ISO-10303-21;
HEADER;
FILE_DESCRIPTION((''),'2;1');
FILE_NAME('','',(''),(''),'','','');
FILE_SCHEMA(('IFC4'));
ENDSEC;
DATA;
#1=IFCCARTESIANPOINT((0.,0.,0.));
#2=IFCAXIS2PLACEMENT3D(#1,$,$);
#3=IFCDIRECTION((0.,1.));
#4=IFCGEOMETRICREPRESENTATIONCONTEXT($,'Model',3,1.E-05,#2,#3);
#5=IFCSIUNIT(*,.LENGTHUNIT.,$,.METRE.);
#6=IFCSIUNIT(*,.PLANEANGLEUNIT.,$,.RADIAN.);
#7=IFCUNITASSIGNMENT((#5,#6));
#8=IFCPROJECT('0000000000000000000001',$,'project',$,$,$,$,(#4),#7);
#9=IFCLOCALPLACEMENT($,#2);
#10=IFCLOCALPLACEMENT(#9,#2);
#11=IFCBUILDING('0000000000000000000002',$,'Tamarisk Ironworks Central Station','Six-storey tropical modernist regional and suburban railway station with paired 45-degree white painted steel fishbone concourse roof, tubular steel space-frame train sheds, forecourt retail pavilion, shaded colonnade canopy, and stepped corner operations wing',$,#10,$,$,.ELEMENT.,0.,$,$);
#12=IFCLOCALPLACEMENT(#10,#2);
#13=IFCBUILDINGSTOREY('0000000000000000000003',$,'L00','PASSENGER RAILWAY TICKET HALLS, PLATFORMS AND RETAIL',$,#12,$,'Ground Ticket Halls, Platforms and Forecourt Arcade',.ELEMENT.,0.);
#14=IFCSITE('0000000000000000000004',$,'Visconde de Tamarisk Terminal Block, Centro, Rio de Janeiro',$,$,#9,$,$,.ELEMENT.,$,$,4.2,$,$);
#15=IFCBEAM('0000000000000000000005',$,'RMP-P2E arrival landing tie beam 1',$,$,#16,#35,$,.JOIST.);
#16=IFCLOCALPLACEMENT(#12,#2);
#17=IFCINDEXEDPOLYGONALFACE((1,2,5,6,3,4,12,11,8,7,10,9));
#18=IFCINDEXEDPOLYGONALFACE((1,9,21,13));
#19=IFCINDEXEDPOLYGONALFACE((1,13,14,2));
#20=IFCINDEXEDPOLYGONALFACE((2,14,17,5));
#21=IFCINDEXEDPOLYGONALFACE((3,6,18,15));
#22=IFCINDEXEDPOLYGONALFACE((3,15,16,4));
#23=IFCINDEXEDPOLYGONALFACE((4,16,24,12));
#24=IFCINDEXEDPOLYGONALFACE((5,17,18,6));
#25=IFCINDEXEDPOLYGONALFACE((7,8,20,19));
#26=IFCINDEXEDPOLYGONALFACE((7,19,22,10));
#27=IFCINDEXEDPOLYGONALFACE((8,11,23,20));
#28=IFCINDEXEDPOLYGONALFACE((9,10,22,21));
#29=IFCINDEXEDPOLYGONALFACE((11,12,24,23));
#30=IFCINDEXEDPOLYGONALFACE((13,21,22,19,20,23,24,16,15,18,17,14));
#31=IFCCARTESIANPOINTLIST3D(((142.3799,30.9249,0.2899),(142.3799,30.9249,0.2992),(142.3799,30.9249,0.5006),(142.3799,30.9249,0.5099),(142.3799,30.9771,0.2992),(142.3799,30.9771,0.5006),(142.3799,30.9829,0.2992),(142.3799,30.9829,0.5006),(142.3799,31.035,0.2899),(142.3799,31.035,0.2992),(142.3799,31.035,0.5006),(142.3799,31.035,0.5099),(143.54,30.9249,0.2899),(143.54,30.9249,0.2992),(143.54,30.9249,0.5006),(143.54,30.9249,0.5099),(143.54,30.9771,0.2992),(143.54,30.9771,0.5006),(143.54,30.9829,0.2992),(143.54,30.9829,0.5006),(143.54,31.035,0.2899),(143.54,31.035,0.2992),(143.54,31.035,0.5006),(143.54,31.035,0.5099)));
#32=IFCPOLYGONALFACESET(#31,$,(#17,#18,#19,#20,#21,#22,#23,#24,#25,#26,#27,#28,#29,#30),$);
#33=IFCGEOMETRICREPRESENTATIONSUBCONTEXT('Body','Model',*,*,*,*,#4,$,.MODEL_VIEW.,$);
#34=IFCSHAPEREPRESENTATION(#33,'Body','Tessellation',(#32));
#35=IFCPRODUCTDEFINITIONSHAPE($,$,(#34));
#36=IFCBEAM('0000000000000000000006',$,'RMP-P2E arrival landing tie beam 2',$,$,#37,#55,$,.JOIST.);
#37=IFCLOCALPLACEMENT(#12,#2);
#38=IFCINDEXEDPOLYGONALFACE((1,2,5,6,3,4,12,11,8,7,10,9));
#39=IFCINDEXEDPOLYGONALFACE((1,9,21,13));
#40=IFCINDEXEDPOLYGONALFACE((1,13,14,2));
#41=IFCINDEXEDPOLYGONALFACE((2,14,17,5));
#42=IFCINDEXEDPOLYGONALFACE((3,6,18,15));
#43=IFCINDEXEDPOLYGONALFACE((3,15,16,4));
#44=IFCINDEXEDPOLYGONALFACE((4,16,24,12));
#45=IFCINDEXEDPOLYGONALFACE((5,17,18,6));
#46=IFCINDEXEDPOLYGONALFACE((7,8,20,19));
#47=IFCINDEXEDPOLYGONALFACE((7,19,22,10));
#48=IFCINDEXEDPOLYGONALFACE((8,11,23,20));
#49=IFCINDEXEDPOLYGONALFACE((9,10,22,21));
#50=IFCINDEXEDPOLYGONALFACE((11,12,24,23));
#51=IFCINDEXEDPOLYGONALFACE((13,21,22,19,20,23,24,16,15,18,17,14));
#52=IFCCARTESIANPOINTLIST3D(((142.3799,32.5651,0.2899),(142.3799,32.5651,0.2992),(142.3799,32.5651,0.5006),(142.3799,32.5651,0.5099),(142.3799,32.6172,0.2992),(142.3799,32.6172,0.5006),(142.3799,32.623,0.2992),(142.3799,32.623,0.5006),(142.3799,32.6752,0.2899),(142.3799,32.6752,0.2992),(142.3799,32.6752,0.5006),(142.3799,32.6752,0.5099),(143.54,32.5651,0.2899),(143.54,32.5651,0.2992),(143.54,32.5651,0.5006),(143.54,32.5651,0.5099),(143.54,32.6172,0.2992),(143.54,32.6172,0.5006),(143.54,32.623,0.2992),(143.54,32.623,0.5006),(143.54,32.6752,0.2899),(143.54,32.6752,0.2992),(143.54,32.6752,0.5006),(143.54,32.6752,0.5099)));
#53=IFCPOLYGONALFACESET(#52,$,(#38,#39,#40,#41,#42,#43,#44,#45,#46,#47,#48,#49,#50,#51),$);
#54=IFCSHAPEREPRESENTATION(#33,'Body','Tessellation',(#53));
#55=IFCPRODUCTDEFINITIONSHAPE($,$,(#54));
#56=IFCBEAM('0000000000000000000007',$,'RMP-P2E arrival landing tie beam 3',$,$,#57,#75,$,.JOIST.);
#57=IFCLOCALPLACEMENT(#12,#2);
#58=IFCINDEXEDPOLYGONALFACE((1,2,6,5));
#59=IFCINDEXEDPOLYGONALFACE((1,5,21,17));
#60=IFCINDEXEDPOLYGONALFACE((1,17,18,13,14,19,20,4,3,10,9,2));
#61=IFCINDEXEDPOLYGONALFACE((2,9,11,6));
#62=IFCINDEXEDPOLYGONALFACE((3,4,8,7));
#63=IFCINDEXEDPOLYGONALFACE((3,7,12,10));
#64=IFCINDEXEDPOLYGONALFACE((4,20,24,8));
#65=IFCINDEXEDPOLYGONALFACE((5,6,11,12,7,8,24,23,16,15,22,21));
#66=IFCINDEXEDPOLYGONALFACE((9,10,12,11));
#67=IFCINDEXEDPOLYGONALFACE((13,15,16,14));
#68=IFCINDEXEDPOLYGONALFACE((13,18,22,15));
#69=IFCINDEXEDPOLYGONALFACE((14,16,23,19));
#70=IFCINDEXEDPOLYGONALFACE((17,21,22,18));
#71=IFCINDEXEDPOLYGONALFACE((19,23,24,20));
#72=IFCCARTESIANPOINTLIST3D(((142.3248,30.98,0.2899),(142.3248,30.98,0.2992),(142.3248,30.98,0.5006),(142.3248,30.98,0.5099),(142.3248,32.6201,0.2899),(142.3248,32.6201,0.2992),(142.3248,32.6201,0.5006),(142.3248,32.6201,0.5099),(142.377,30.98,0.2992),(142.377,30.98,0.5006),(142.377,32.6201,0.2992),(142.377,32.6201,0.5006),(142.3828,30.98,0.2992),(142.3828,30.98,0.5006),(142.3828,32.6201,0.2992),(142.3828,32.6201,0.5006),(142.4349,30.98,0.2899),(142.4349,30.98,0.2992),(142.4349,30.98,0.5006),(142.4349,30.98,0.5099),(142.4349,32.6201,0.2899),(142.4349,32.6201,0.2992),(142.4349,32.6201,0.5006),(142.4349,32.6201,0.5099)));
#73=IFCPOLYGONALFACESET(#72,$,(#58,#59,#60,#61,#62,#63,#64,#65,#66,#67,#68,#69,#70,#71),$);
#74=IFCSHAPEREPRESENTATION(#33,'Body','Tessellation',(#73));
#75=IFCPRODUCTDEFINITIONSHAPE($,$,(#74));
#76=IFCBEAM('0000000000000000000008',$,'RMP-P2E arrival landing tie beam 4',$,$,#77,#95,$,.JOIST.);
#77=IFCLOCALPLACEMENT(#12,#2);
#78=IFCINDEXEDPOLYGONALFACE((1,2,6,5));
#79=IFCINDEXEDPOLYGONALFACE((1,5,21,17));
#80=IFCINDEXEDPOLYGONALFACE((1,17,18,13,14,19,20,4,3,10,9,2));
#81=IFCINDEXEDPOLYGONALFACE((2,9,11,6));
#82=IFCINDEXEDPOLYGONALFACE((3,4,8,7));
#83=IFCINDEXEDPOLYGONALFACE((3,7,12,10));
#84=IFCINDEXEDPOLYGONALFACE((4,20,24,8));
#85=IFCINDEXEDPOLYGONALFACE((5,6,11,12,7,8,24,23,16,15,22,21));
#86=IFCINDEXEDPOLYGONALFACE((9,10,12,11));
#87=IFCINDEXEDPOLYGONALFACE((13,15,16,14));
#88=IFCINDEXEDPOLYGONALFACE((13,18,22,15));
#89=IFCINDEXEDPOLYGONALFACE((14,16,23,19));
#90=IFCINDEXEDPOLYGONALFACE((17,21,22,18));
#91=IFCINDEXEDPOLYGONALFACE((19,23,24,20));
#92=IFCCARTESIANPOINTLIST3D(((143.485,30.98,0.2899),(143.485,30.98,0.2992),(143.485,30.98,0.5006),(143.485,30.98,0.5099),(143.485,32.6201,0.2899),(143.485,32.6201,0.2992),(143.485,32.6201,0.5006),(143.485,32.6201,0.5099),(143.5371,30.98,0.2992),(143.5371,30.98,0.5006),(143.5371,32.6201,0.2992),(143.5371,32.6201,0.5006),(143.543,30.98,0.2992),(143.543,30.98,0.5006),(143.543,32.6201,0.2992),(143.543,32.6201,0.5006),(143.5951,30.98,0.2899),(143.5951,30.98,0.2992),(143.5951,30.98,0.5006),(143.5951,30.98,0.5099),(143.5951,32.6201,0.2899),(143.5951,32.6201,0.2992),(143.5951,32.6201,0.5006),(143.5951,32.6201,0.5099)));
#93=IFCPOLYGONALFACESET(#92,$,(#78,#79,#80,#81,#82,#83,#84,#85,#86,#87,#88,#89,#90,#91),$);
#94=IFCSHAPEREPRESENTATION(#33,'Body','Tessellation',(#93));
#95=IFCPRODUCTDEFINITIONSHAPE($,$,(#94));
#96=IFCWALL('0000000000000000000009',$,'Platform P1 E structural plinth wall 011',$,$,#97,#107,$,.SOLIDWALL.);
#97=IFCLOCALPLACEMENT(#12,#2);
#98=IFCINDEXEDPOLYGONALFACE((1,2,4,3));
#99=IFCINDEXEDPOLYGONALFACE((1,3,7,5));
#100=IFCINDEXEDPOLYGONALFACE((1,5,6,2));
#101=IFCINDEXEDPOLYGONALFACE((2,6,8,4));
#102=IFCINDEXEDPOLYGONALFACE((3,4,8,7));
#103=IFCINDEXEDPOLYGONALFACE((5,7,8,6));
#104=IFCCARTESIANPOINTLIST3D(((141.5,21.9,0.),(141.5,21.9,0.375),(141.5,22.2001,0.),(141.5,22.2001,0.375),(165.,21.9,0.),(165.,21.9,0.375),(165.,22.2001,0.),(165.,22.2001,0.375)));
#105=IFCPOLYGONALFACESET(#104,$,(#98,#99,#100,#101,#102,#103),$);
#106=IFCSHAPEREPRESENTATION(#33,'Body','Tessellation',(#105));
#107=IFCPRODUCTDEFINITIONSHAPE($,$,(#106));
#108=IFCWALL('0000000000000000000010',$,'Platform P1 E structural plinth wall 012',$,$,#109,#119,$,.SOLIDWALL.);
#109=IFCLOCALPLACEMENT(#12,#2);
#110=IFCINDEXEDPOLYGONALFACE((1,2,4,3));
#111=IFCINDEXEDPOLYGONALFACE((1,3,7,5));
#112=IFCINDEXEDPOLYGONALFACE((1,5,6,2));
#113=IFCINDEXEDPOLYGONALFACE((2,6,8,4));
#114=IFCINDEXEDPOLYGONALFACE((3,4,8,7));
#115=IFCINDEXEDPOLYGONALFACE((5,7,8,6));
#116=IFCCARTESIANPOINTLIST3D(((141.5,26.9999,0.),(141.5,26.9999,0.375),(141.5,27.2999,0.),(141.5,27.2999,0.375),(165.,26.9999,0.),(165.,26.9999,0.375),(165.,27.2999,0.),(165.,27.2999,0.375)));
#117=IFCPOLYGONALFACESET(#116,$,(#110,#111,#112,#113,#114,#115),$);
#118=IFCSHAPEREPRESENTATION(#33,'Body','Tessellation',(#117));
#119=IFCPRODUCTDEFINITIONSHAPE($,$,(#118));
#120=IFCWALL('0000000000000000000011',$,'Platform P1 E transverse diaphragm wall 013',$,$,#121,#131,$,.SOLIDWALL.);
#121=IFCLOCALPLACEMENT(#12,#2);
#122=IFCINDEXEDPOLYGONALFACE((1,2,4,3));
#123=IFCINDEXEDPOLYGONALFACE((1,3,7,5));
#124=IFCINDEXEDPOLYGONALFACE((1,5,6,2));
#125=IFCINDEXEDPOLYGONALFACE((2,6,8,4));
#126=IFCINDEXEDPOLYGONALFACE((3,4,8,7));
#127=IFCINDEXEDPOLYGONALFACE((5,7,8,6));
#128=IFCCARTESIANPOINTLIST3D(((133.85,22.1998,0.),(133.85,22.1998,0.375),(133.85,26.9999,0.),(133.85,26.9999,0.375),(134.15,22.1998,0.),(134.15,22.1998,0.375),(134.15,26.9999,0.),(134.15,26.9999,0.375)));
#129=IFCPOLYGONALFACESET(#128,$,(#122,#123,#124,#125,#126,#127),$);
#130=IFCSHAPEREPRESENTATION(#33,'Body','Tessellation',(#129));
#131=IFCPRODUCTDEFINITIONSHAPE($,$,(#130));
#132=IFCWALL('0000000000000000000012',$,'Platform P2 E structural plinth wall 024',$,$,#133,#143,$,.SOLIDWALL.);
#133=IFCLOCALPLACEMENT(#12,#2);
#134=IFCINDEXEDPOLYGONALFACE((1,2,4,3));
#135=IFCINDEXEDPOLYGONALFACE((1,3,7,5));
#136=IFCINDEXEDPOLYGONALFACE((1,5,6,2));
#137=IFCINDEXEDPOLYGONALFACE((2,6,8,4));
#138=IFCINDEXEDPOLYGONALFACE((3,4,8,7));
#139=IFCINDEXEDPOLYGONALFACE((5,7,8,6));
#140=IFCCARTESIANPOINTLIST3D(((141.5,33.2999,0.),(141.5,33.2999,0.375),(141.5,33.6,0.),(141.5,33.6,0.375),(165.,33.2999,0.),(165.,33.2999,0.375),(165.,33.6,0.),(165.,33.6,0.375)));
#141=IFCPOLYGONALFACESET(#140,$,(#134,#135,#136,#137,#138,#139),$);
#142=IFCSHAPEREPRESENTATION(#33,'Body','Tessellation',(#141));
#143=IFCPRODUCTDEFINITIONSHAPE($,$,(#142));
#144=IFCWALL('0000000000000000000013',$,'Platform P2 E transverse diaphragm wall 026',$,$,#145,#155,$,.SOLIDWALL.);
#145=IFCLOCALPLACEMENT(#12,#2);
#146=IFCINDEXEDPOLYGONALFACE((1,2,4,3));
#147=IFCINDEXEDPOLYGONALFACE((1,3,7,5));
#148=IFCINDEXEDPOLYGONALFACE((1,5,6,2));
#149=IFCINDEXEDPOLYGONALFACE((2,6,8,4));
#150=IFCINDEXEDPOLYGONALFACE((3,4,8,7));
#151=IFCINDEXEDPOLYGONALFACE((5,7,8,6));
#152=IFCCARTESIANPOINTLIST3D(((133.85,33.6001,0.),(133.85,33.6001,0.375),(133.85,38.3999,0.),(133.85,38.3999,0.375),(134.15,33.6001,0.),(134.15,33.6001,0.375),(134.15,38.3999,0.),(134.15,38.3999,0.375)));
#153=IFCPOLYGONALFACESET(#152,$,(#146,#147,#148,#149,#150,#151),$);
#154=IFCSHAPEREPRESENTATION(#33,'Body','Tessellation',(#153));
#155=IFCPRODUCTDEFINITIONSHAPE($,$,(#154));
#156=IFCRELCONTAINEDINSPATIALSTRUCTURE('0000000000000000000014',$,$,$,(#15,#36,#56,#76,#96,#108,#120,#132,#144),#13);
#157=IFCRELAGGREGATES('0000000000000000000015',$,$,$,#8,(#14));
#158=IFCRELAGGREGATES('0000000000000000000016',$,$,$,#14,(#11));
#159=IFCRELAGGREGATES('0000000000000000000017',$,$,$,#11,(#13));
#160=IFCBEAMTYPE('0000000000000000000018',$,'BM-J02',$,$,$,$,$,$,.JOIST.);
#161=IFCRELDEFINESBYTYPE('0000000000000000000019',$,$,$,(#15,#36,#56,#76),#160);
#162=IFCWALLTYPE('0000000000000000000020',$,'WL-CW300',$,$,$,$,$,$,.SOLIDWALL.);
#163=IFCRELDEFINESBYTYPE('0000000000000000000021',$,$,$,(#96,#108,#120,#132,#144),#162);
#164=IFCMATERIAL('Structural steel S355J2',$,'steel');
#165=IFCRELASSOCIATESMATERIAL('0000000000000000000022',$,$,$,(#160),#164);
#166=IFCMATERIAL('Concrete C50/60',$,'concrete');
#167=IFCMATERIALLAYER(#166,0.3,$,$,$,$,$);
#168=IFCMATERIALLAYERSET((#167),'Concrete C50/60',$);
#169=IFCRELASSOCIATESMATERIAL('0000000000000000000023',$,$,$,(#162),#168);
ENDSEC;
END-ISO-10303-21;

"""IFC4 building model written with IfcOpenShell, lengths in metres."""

from ifc_helpers import new_model, si_unit, direction, frame, frame_2d, origin, origin_2d, place, context, subcontext, project, spatial, rectangle, i_section, extrude, material, layer, layer_set, material_profile, profile_set, type_object, element, save


model = new_model("IFC4")

# Units and contexts
model_context = context("Model", 3, precision=1e-05, world=origin(), true_north=direction((0.0, 1.0)))
body_context = subcontext(model_context, "Body", "Model", "MODEL_VIEW")
ifc_project = project(units=[si_unit("LENGTHUNIT", "METRE"), si_unit("PLANEANGLEUNIT", "RADIAN")], contexts=[model_context])

# Site, building, storey
site_placement = place(None, origin())
site = spatial("IfcSite", under=ifc_project, at=site_placement, Name="Visconde de Tamarisk Terminal Block, Centro, Rio de Janeiro", CompositionType="ELEMENT", RefElevation=4.2)
building_placement = place(site_placement, origin())
building = spatial("IfcBuilding", under=site, at=building_placement, Name="Tamarisk Ironworks Central Station", Description="Six-storey tropical modernist regional and suburban railway station with paired 45-degree white painted steel fishbone concourse roof, tubular steel space-frame train sheds, forecourt retail pavilion, shaded colonnade canopy, and stepped corner operations wing", CompositionType="ELEMENT", ElevationOfRefHeight=0.0)
storey_placement = place(building_placement, origin())
storey = spatial("IfcBuildingStorey", under=building, at=storey_placement, Name="L00", Description="PASSENGER RAILWAY TICKET HALLS, PLATFORMS AND RETAIL", LongName="Ground Ticket Halls, Platforms and Forecourt Arcade", CompositionType="ELEMENT", Elevation=0.0)

# Shared definitions
ifc_material_1 = material(Name="Concrete C50/60", Category="concrete")
ifc_material_2 = material(Name="Structural steel S355J2", Category="steel")

# Beams
ifc_material_profile_1 = material_profile(ifc_material_2, i_section(OverallWidth=0.1101, OverallDepth=0.22, WebThickness=0.0059, FlangeThickness=0.0093, at=origin_2d()), Name="IPE 220")
ifc_profile_set_1 = profile_set([ifc_material_profile_1], Name="Structural steel S355J2")
beam_type = type_object("IfcBeamType", Name="BM-J02", PredefinedType="JOIST", material=ifc_profile_set_1)
for number, where, z_axis, x_axis, name in (
    (1, (142.3799, 30.98, 0.3999), (1.0, 0.0, 0.0), (0.0, 1.0, 0.0), "RMP-P2E arrival landing tie beam 1"),
    (2, (142.3799, 32.6201, 0.3999), (1.0, 0.0, 0.0), (0.0, 1.0, 0.0), "RMP-P2E arrival landing tie beam 2"),
):
    element("IfcBeam", number, at=place(storey_placement, frame(where, z_axis=z_axis, x_axis=x_axis)), inside=storey, type_object=beam_type, Name=name, PredefinedType="JOIST", context=body_context, shape_type="SweptSolid", body=[
        extrude(i_section(OverallWidth=0.1101, OverallDepth=0.22, WebThickness=0.0059, FlangeThickness=0.0093, at=origin_2d()), origin(), (0.0, 0.0, 1.0), 1.1602),
    ])
for number, where, z_axis, x_axis, name in (
    (3, (142.3799, 30.98, 0.3999), (0.0, 1.0, 0.0), (-1.0, 0.0, 0.0), "RMP-P2E arrival landing tie beam 3"),
    (4, (143.54, 30.98, 0.3999), (0.0, 1.0, 0.0), (-1.0, 0.0, 0.0), "RMP-P2E arrival landing tie beam 4"),
):
    element("IfcBeam", number, at=place(storey_placement, frame(where, z_axis=z_axis, x_axis=x_axis)), inside=storey, type_object=beam_type, Name=name, PredefinedType="JOIST", context=body_context, shape_type="SweptSolid", body=[
        extrude(i_section(OverallWidth=0.1101, OverallDepth=0.22, WebThickness=0.0059, FlangeThickness=0.0093, at=origin_2d()), origin(), (0.0, 0.0, 1.0), 1.6401),
    ])

# Walls
ifc_layer = layer(ifc_material_1, 0.3)
ifc_layer_set = layer_set([ifc_layer], Name="Concrete C50/60")
wall_type = type_object("IfcWallType", Name="WL-CW300", PredefinedType="SOLIDWALL", material=ifc_layer_set)
for number, where, z_axis, x_axis, name in (
    (5, (141.5, 22.05, 0.0), (0.0, 0.0, 1.0), (1.0, 0.0, 0.0), "Platform P1 E structural plinth wall 011"),
    (6, (141.5, 27.1499, 0.0), (0.0, 0.0, 1.0), (1.0, 0.0, 0.0), "Platform P1 E structural plinth wall 012"),
):
    element("IfcWall", number, at=place(storey_placement, frame(where, z_axis=z_axis, x_axis=x_axis)), inside=storey, type_object=wall_type, Name=name, PredefinedType="SOLIDWALL", context=body_context, shape_type="SweptSolid", body=[
        extrude(rectangle(XDim=23.5, YDim=0.3, at=frame_2d((11.75, 0.0))), origin(), (0.0, 0.0, 1.0), 0.375),
    ])
wall_1_placement = place(storey_placement, frame((134.0, 22.2, 0.0), z_axis=(0.0, 0.0, 1.0), x_axis=(0.0, 1.0, 0.0)))
element("IfcWall", 7, at=wall_1_placement, inside=storey, type_object=wall_type, Name="Platform P1 E transverse diaphragm wall 013", PredefinedType="SOLIDWALL", context=body_context, shape_type="SweptSolid", body=[
    extrude(rectangle(XDim=4.8, YDim=0.3, at=frame_2d((2.3999, 0.0))), origin(), (0.0, 0.0, 1.0), 0.375),
])
wall_2_placement = place(storey_placement, frame((141.5, 33.45, 0.0), z_axis=(0.0, 0.0, 1.0), x_axis=(1.0, 0.0, 0.0)))
element("IfcWall", 8, at=wall_2_placement, inside=storey, type_object=wall_type, Name="Platform P2 E structural plinth wall 024", PredefinedType="SOLIDWALL", context=body_context, shape_type="SweptSolid", body=[
    extrude(rectangle(XDim=23.5, YDim=0.3, at=frame_2d((11.75, 0.0))), origin(), (0.0, 0.0, 1.0), 0.375),
])
wall_3_placement = place(storey_placement, frame((134.0, 33.6001, 0.0), z_axis=(0.0, 0.0, 1.0), x_axis=(0.0, 1.0, 0.0)))
element("IfcWall", 9, at=wall_3_placement, inside=storey, type_object=wall_type, Name="Platform P2 E transverse diaphragm wall 026", PredefinedType="SOLIDWALL", context=body_context, shape_type="SweptSolid", body=[
    extrude(rectangle(XDim=4.7998, YDim=0.3, at=frame_2d((2.3999, 0.0))), origin(), (0.0, 0.0, 1.0), 0.375),
])

save(model, "model.ifc")
